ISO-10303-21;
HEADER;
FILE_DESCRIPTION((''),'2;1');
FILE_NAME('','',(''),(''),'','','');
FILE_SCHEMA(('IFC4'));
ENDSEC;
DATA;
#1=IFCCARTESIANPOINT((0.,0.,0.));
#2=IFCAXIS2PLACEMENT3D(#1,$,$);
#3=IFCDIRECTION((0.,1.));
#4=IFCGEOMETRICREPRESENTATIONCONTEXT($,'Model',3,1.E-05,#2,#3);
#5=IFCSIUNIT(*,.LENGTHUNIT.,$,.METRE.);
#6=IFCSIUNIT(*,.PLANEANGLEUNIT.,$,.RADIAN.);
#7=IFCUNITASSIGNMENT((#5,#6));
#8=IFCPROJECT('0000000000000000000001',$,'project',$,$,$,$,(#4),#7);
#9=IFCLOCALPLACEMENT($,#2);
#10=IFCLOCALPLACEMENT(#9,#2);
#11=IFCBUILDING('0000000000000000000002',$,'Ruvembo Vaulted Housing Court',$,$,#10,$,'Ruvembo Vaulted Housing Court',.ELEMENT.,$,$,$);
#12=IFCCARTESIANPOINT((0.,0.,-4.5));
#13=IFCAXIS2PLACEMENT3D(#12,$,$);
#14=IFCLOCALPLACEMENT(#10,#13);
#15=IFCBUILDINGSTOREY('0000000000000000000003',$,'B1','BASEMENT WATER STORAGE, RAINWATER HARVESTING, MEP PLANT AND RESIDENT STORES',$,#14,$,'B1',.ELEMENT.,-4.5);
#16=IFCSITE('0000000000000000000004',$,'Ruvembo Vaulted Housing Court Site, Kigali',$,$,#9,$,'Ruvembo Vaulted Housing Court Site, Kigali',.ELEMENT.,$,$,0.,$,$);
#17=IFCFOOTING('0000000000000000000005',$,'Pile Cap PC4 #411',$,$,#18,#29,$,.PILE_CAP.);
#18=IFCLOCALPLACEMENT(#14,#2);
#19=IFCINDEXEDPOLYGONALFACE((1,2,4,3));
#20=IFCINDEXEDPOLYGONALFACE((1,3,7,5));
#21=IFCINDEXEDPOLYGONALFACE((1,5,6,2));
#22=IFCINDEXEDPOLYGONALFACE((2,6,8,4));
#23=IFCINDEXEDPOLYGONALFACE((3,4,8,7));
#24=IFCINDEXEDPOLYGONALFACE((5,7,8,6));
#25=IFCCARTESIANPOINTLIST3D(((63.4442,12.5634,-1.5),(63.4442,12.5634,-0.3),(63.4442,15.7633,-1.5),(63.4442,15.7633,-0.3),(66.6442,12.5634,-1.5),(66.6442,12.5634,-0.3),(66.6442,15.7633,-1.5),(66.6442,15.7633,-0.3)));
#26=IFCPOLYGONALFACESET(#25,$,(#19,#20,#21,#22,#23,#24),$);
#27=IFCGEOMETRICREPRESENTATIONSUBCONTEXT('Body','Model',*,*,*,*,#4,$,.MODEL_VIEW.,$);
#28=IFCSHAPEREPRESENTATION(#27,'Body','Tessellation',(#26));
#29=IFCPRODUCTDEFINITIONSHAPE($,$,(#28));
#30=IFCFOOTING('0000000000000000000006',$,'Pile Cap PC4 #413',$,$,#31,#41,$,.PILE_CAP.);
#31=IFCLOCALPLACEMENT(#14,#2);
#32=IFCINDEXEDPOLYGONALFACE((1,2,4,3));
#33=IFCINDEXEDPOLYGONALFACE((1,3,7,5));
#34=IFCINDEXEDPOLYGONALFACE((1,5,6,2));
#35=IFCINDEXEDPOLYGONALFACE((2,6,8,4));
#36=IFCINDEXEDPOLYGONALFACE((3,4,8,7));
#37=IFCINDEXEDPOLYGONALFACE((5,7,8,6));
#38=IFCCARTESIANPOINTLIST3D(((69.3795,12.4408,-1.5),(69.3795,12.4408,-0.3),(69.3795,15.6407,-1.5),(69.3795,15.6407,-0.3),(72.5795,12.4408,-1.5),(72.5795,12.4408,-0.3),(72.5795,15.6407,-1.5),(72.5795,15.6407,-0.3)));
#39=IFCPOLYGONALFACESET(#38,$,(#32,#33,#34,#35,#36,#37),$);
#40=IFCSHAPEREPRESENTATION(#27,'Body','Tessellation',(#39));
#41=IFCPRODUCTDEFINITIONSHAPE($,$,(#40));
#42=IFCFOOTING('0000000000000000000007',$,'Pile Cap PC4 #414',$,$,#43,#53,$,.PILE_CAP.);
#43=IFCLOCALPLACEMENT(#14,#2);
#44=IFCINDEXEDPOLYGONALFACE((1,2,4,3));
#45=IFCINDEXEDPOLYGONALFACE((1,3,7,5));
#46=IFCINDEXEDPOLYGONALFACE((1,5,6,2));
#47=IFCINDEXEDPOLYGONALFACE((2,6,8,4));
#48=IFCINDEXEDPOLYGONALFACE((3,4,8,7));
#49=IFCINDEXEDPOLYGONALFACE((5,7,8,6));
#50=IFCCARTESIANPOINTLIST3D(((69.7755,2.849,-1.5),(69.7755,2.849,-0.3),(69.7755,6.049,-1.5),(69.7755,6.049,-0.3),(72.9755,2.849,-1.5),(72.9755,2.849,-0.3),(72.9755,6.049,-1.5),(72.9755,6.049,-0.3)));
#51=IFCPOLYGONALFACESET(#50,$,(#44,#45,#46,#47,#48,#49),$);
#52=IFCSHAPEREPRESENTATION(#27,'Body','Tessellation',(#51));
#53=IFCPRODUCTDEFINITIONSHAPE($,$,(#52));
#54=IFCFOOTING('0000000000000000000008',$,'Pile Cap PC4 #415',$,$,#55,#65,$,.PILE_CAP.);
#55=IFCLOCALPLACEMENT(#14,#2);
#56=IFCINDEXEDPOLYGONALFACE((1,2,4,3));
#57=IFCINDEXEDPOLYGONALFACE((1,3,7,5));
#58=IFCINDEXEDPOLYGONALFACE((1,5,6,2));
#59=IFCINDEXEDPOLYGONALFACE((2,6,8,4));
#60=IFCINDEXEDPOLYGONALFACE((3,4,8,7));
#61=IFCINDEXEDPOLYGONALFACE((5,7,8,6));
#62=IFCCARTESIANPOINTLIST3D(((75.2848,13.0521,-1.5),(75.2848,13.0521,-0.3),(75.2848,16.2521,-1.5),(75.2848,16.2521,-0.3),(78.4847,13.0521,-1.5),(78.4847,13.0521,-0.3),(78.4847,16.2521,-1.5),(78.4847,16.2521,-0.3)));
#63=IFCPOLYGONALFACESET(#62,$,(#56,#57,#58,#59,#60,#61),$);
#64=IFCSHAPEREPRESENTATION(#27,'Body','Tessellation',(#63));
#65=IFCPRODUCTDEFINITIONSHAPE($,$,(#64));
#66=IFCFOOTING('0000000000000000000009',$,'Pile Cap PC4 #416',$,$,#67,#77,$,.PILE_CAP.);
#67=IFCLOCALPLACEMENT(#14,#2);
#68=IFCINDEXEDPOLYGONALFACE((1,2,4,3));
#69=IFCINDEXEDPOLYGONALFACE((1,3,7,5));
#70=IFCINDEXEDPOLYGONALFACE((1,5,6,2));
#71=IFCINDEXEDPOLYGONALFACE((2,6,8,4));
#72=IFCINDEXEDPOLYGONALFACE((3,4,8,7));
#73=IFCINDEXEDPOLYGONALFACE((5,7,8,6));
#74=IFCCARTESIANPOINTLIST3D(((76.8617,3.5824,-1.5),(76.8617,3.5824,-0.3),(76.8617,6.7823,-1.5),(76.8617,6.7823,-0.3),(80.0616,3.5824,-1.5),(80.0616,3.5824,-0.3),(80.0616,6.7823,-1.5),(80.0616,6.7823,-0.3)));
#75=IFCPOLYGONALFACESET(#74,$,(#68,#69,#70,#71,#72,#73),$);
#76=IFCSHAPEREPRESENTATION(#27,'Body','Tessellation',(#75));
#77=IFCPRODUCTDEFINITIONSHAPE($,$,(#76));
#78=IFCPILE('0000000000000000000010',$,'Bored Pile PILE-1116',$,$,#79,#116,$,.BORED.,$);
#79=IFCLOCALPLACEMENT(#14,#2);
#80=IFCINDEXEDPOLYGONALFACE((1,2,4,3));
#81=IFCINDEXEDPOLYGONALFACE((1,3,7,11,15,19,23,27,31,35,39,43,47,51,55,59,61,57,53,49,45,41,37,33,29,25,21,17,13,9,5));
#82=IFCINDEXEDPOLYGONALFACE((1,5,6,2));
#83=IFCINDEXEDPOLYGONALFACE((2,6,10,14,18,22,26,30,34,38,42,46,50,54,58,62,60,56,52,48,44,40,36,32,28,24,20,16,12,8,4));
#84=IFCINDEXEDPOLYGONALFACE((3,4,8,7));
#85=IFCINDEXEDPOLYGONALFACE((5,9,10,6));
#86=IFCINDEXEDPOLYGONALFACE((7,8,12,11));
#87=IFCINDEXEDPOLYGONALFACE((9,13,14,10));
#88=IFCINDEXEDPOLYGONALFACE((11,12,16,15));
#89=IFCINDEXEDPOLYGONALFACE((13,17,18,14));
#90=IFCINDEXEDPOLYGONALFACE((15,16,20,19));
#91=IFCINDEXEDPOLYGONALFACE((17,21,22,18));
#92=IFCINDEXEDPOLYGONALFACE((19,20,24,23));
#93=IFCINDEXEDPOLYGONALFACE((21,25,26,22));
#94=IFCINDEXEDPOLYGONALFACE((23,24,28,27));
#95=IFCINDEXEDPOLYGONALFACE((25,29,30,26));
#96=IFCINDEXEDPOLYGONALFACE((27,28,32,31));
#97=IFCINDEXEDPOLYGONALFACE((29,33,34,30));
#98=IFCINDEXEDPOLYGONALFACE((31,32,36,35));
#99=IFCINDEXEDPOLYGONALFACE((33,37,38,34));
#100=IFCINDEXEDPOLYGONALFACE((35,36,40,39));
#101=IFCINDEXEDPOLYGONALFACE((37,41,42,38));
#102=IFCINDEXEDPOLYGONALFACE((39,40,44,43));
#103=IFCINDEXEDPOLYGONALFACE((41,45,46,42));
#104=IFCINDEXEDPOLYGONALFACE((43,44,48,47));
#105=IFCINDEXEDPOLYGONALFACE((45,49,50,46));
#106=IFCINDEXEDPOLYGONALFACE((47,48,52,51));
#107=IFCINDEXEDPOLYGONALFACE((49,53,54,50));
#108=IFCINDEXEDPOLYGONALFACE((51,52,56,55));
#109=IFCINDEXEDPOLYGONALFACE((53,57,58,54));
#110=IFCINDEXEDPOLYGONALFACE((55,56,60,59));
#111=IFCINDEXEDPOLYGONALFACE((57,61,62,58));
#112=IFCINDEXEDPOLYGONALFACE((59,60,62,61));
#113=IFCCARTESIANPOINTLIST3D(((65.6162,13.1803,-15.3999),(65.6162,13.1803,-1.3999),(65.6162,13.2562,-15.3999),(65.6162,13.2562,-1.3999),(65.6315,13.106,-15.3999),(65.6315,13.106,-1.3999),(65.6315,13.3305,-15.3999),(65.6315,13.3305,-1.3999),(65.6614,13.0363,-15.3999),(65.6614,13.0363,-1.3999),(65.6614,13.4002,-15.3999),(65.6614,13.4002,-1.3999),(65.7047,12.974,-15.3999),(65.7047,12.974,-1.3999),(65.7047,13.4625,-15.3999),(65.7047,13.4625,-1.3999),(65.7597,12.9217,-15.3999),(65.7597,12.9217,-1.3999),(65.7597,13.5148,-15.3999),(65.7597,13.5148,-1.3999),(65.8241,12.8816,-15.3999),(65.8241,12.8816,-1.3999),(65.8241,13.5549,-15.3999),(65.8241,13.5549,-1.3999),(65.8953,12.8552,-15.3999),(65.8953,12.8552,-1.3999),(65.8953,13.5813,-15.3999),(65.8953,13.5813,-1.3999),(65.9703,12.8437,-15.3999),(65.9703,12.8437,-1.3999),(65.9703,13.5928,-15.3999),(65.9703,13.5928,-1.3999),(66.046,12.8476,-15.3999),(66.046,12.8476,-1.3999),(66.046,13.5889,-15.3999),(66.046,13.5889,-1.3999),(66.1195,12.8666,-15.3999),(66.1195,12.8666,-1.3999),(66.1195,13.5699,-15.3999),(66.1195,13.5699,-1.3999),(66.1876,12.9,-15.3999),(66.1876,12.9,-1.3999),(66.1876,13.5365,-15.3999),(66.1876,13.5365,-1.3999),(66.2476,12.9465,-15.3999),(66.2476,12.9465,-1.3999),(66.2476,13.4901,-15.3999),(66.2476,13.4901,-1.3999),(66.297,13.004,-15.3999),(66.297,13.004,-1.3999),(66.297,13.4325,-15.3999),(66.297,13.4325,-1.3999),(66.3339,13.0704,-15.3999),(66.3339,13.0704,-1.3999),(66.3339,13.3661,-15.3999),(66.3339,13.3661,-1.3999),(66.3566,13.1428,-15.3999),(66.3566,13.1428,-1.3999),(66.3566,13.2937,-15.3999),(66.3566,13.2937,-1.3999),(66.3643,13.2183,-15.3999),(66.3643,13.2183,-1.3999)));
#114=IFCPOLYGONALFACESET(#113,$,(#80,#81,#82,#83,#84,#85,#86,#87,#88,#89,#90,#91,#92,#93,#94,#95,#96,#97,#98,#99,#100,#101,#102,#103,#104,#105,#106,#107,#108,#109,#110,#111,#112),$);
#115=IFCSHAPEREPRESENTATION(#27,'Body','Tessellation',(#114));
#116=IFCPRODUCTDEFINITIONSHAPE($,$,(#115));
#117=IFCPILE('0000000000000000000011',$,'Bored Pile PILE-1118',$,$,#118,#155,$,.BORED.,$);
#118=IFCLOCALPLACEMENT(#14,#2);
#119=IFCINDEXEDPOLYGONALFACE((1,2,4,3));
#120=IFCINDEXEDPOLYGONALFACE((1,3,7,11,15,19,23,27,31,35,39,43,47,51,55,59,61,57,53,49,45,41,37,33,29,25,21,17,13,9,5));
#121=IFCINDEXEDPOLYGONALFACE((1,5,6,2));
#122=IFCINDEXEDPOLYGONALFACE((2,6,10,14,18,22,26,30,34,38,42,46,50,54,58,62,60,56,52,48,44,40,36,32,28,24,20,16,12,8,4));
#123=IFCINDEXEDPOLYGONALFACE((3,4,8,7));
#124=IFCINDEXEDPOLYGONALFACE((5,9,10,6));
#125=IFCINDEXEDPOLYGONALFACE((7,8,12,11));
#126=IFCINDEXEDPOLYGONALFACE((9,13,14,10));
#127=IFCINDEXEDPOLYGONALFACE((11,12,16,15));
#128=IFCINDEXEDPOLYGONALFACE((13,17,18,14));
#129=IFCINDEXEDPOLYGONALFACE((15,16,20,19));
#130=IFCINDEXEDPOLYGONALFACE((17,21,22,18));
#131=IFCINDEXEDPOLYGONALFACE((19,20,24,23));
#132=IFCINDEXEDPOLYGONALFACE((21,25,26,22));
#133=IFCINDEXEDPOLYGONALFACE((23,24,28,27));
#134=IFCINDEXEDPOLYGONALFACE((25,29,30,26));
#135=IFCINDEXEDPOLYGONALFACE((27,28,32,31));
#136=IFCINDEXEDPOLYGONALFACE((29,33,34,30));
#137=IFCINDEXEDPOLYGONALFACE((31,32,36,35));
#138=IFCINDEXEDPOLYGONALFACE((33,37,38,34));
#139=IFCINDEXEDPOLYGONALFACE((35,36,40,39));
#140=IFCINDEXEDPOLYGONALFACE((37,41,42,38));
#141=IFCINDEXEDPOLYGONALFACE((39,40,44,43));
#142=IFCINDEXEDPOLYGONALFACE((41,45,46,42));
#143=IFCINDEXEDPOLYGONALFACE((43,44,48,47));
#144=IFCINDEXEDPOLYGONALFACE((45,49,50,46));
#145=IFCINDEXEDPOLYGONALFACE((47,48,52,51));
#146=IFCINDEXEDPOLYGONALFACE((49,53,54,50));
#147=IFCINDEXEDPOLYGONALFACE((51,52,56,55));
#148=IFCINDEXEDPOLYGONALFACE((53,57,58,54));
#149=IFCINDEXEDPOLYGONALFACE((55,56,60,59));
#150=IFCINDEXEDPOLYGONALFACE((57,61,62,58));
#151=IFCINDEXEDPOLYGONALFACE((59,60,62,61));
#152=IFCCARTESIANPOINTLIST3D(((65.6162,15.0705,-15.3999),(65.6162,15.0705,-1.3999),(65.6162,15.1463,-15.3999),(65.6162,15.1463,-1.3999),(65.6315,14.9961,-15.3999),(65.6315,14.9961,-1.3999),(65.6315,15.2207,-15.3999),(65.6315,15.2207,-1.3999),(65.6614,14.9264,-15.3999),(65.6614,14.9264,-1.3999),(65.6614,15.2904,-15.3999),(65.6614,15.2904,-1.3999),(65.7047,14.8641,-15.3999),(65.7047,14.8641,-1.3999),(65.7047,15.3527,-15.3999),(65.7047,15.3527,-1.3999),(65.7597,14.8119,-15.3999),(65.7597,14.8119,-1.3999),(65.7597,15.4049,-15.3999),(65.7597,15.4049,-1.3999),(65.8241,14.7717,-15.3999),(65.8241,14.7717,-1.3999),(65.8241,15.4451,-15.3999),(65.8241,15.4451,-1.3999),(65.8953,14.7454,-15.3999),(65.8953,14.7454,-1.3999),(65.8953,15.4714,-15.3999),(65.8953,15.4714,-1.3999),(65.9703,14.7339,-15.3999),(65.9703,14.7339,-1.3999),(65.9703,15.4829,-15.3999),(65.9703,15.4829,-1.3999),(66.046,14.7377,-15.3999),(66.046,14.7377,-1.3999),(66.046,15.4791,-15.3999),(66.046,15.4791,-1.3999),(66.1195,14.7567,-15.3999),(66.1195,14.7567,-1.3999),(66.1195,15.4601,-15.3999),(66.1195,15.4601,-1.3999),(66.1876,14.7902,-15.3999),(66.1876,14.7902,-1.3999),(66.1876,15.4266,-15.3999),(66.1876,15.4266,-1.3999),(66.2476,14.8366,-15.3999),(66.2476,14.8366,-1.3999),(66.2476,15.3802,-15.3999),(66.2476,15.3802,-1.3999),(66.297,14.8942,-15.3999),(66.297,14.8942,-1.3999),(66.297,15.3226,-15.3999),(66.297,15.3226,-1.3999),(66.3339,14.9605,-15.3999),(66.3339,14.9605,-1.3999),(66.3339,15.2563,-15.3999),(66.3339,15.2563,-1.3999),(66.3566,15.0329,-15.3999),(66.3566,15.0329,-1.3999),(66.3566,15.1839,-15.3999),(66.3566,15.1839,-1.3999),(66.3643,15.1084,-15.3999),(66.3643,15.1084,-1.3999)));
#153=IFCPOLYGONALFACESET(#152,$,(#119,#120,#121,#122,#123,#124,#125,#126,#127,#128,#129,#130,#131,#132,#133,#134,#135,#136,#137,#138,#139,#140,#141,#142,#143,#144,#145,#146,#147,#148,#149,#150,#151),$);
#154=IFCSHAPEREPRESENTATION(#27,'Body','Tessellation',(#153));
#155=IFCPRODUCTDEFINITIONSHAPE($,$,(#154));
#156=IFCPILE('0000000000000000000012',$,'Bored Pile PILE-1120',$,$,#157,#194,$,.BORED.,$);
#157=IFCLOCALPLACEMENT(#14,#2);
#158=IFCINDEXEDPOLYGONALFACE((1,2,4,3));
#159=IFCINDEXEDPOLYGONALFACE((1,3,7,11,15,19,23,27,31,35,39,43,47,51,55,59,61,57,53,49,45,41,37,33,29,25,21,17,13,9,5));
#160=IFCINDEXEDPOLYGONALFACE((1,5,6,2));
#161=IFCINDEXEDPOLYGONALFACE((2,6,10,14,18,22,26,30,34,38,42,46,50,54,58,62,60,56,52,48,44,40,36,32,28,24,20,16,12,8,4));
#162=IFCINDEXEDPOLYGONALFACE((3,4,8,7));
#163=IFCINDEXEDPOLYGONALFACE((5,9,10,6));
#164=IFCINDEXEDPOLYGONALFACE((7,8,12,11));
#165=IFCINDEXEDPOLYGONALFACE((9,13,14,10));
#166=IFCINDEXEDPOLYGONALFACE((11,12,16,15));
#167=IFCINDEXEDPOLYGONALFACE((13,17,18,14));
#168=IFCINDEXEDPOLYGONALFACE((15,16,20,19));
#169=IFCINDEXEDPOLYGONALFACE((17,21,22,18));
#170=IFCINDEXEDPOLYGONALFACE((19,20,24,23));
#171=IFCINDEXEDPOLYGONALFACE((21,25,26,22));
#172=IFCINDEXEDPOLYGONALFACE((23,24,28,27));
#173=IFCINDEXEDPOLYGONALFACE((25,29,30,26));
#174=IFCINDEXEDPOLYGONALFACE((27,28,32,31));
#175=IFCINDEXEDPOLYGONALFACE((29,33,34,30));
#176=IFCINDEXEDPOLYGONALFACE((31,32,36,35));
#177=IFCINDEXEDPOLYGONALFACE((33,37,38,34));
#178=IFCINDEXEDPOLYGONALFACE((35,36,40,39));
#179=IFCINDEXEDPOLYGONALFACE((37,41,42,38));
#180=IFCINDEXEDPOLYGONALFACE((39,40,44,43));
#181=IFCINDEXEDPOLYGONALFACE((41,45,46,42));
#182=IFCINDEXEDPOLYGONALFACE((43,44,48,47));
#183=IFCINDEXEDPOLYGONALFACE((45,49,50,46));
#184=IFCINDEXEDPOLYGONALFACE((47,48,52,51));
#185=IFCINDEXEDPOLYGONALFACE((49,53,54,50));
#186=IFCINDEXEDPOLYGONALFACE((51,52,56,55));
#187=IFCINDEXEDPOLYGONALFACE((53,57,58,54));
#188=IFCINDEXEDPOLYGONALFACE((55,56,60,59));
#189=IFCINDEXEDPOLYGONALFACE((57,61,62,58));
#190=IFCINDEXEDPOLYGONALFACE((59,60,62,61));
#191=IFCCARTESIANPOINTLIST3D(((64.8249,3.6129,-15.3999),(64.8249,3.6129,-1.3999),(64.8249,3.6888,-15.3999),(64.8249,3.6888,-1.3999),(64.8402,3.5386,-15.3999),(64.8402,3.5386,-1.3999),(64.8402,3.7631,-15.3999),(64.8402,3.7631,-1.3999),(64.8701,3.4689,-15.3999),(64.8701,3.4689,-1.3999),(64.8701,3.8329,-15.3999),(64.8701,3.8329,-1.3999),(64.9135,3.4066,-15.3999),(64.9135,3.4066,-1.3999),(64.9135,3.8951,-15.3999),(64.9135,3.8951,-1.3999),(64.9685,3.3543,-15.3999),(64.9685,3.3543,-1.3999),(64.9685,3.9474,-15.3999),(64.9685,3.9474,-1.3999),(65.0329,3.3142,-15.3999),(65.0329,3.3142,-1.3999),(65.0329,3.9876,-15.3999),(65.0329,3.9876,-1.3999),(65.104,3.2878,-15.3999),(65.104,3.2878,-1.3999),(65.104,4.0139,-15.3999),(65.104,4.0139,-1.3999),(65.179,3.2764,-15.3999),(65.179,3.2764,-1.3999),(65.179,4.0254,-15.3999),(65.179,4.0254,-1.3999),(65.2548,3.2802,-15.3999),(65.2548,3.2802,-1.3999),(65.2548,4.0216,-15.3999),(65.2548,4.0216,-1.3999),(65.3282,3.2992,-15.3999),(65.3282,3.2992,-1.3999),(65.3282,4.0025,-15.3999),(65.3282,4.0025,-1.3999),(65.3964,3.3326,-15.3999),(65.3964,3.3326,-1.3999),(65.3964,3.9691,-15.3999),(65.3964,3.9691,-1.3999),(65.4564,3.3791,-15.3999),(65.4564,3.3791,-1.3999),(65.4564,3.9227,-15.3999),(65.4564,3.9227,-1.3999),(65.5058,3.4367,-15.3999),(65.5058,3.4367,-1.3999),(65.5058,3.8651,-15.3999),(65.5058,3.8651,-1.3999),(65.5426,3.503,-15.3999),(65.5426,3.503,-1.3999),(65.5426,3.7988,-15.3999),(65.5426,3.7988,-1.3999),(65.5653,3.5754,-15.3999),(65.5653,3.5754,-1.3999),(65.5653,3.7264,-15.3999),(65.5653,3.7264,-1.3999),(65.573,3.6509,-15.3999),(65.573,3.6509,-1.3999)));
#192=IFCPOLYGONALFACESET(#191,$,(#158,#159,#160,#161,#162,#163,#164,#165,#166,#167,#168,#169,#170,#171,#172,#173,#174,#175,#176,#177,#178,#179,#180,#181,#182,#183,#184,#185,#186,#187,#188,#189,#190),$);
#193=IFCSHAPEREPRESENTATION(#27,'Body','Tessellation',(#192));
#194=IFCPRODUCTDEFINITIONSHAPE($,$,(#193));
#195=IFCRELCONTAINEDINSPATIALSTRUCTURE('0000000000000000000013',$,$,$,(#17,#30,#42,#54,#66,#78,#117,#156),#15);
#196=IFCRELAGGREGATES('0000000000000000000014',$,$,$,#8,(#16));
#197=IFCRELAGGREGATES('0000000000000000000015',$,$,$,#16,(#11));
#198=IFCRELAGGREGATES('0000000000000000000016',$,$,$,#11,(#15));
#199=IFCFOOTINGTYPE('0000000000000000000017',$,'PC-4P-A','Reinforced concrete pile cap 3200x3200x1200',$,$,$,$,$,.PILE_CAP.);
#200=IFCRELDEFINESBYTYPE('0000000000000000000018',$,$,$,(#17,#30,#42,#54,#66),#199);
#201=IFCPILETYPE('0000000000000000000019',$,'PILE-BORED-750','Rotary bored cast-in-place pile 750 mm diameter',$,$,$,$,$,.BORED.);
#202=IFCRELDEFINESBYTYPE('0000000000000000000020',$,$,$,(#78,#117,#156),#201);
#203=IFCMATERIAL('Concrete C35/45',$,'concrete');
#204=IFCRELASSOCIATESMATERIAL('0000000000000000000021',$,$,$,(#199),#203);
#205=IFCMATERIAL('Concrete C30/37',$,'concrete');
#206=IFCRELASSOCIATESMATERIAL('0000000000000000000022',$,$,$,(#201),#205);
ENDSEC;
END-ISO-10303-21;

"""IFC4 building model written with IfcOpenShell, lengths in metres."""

from ifc_helpers import new_model, si_unit, direction, frame, origin, origin_2d, place, context, subcontext, project, spatial, rectangle, circle, extrude, material, material_profile, profile_set, type_object, element, save


model = new_model("IFC4")

# Units and contexts
model_context = context("Model", 3, precision=1e-05, world=origin(), true_north=direction((0.0, 1.0)))
body_context = subcontext(model_context, "Body", "Model", "MODEL_VIEW")
ifc_project = project(units=[si_unit("LENGTHUNIT", "METRE"), si_unit("PLANEANGLEUNIT", "RADIAN")], contexts=[model_context])

# Site, building, storey
site_placement = place(None, origin())
site = spatial("IfcSite", under=ifc_project, at=site_placement, Name="Ruvembo Vaulted Housing Court Site, Kigali", LongName="Ruvembo Vaulted Housing Court Site, Kigali", CompositionType="ELEMENT", RefElevation=0.0)
building_placement = place(site_placement, origin())
building = spatial("IfcBuilding", under=site, at=building_placement, Name="Ruvembo Vaulted Housing Court", LongName="Ruvembo Vaulted Housing Court", CompositionType="ELEMENT")
storey_placement = place(building_placement, frame((0.0, 0.0, -4.5)))
storey = spatial("IfcBuildingStorey", under=building, at=storey_placement, Name="B1", Description="BASEMENT WATER STORAGE, RAINWATER HARVESTING, MEP PLANT AND RESIDENT STORES", LongName="B1", CompositionType="ELEMENT", Elevation=-4.5)

# Footings
ifc_material_1 = material(Name="Concrete C35/45", Category="concrete")
footing_type = type_object("IfcFootingType", Name="PC-4P-A", Description="Reinforced concrete pile cap 3200x3200x1200", PredefinedType="PILE_CAP", material=ifc_material_1)
for number, where, z_axis, x_axis, name in (
    (1, (65.0442, 14.1633, -1.5), (0.0, 0.0, 1.0), (1.0, 0.0, 0.0), "Pile Cap PC4 #411"),
    (2, (70.9795, 14.0408, -1.5), (0.0, 0.0, 1.0), (1.0, 0.0, 0.0), "Pile Cap PC4 #413"),
    (3, (71.3755, 4.449, -1.5), (0.0, 0.0, 1.0), (1.0, 0.0, 0.0), "Pile Cap PC4 #414"),
    (4, (76.8848, 14.6521, -1.5), (0.0, 0.0, 1.0), (1.0, 0.0, 0.0), "Pile Cap PC4 #415"),
    (5, (78.4617, 5.1824, -1.5), (0.0, 0.0, 1.0), (1.0, 0.0, 0.0), "Pile Cap PC4 #416"),
):
    element("IfcFooting", number, at=place(storey_placement, frame(where, z_axis=z_axis, x_axis=x_axis)), inside=storey, type_object=footing_type, Name=name, PredefinedType="PILE_CAP", context=body_context, shape_type="SweptSolid", body=[
        extrude(rectangle(XDim=3.2, YDim=3.2, at=origin_2d()), origin(), (0.0, 0.0, 1.0), 1.2),
    ])

# Piles
ifc_material_2 = material(Name="Concrete C30/37", Category="concrete")
ifc_material_profile_1 = material_profile(ifc_material_2, circle(Radius=0.375, at=origin_2d()), Name="PILE D750")
ifc_profile_set_1 = profile_set([ifc_material_profile_1], Name="Concrete C30/37")
pile_type = type_object("IfcPileType", Name="PILE-BORED-750", Description="Rotary bored cast-in-place pile 750 mm diameter", PredefinedType="BORED", material=ifc_profile_set_1)
for number, where, z_axis, x_axis, name in (
    (6, (65.9893, 13.2183, -1.3999), (0.0, 0.0, -1.0), (1.0, 0.0, 0.0), "Bored Pile PILE-1116"),
    (7, (65.9893, 15.1084, -1.3999), (0.0, 0.0, -1.0), (1.0, 0.0, 0.0), "Bored Pile PILE-1118"),
    (8, (65.198, 3.6509, -1.3999), (0.0, 0.0, -1.0), (1.0, 0.0, 0.0), "Bored Pile PILE-1120"),
):
    element("IfcPile", number, at=place(storey_placement, frame(where, z_axis=z_axis, x_axis=x_axis)), inside=storey, type_object=pile_type, Name=name, PredefinedType="BORED", context=body_context, shape_type="SweptSolid", body=[
        extrude(circle(Radius=0.375, at=origin_2d()), origin(), (0.0, 0.0, 1.0), 14.0),
    ])

save(model, "model.ifc")
